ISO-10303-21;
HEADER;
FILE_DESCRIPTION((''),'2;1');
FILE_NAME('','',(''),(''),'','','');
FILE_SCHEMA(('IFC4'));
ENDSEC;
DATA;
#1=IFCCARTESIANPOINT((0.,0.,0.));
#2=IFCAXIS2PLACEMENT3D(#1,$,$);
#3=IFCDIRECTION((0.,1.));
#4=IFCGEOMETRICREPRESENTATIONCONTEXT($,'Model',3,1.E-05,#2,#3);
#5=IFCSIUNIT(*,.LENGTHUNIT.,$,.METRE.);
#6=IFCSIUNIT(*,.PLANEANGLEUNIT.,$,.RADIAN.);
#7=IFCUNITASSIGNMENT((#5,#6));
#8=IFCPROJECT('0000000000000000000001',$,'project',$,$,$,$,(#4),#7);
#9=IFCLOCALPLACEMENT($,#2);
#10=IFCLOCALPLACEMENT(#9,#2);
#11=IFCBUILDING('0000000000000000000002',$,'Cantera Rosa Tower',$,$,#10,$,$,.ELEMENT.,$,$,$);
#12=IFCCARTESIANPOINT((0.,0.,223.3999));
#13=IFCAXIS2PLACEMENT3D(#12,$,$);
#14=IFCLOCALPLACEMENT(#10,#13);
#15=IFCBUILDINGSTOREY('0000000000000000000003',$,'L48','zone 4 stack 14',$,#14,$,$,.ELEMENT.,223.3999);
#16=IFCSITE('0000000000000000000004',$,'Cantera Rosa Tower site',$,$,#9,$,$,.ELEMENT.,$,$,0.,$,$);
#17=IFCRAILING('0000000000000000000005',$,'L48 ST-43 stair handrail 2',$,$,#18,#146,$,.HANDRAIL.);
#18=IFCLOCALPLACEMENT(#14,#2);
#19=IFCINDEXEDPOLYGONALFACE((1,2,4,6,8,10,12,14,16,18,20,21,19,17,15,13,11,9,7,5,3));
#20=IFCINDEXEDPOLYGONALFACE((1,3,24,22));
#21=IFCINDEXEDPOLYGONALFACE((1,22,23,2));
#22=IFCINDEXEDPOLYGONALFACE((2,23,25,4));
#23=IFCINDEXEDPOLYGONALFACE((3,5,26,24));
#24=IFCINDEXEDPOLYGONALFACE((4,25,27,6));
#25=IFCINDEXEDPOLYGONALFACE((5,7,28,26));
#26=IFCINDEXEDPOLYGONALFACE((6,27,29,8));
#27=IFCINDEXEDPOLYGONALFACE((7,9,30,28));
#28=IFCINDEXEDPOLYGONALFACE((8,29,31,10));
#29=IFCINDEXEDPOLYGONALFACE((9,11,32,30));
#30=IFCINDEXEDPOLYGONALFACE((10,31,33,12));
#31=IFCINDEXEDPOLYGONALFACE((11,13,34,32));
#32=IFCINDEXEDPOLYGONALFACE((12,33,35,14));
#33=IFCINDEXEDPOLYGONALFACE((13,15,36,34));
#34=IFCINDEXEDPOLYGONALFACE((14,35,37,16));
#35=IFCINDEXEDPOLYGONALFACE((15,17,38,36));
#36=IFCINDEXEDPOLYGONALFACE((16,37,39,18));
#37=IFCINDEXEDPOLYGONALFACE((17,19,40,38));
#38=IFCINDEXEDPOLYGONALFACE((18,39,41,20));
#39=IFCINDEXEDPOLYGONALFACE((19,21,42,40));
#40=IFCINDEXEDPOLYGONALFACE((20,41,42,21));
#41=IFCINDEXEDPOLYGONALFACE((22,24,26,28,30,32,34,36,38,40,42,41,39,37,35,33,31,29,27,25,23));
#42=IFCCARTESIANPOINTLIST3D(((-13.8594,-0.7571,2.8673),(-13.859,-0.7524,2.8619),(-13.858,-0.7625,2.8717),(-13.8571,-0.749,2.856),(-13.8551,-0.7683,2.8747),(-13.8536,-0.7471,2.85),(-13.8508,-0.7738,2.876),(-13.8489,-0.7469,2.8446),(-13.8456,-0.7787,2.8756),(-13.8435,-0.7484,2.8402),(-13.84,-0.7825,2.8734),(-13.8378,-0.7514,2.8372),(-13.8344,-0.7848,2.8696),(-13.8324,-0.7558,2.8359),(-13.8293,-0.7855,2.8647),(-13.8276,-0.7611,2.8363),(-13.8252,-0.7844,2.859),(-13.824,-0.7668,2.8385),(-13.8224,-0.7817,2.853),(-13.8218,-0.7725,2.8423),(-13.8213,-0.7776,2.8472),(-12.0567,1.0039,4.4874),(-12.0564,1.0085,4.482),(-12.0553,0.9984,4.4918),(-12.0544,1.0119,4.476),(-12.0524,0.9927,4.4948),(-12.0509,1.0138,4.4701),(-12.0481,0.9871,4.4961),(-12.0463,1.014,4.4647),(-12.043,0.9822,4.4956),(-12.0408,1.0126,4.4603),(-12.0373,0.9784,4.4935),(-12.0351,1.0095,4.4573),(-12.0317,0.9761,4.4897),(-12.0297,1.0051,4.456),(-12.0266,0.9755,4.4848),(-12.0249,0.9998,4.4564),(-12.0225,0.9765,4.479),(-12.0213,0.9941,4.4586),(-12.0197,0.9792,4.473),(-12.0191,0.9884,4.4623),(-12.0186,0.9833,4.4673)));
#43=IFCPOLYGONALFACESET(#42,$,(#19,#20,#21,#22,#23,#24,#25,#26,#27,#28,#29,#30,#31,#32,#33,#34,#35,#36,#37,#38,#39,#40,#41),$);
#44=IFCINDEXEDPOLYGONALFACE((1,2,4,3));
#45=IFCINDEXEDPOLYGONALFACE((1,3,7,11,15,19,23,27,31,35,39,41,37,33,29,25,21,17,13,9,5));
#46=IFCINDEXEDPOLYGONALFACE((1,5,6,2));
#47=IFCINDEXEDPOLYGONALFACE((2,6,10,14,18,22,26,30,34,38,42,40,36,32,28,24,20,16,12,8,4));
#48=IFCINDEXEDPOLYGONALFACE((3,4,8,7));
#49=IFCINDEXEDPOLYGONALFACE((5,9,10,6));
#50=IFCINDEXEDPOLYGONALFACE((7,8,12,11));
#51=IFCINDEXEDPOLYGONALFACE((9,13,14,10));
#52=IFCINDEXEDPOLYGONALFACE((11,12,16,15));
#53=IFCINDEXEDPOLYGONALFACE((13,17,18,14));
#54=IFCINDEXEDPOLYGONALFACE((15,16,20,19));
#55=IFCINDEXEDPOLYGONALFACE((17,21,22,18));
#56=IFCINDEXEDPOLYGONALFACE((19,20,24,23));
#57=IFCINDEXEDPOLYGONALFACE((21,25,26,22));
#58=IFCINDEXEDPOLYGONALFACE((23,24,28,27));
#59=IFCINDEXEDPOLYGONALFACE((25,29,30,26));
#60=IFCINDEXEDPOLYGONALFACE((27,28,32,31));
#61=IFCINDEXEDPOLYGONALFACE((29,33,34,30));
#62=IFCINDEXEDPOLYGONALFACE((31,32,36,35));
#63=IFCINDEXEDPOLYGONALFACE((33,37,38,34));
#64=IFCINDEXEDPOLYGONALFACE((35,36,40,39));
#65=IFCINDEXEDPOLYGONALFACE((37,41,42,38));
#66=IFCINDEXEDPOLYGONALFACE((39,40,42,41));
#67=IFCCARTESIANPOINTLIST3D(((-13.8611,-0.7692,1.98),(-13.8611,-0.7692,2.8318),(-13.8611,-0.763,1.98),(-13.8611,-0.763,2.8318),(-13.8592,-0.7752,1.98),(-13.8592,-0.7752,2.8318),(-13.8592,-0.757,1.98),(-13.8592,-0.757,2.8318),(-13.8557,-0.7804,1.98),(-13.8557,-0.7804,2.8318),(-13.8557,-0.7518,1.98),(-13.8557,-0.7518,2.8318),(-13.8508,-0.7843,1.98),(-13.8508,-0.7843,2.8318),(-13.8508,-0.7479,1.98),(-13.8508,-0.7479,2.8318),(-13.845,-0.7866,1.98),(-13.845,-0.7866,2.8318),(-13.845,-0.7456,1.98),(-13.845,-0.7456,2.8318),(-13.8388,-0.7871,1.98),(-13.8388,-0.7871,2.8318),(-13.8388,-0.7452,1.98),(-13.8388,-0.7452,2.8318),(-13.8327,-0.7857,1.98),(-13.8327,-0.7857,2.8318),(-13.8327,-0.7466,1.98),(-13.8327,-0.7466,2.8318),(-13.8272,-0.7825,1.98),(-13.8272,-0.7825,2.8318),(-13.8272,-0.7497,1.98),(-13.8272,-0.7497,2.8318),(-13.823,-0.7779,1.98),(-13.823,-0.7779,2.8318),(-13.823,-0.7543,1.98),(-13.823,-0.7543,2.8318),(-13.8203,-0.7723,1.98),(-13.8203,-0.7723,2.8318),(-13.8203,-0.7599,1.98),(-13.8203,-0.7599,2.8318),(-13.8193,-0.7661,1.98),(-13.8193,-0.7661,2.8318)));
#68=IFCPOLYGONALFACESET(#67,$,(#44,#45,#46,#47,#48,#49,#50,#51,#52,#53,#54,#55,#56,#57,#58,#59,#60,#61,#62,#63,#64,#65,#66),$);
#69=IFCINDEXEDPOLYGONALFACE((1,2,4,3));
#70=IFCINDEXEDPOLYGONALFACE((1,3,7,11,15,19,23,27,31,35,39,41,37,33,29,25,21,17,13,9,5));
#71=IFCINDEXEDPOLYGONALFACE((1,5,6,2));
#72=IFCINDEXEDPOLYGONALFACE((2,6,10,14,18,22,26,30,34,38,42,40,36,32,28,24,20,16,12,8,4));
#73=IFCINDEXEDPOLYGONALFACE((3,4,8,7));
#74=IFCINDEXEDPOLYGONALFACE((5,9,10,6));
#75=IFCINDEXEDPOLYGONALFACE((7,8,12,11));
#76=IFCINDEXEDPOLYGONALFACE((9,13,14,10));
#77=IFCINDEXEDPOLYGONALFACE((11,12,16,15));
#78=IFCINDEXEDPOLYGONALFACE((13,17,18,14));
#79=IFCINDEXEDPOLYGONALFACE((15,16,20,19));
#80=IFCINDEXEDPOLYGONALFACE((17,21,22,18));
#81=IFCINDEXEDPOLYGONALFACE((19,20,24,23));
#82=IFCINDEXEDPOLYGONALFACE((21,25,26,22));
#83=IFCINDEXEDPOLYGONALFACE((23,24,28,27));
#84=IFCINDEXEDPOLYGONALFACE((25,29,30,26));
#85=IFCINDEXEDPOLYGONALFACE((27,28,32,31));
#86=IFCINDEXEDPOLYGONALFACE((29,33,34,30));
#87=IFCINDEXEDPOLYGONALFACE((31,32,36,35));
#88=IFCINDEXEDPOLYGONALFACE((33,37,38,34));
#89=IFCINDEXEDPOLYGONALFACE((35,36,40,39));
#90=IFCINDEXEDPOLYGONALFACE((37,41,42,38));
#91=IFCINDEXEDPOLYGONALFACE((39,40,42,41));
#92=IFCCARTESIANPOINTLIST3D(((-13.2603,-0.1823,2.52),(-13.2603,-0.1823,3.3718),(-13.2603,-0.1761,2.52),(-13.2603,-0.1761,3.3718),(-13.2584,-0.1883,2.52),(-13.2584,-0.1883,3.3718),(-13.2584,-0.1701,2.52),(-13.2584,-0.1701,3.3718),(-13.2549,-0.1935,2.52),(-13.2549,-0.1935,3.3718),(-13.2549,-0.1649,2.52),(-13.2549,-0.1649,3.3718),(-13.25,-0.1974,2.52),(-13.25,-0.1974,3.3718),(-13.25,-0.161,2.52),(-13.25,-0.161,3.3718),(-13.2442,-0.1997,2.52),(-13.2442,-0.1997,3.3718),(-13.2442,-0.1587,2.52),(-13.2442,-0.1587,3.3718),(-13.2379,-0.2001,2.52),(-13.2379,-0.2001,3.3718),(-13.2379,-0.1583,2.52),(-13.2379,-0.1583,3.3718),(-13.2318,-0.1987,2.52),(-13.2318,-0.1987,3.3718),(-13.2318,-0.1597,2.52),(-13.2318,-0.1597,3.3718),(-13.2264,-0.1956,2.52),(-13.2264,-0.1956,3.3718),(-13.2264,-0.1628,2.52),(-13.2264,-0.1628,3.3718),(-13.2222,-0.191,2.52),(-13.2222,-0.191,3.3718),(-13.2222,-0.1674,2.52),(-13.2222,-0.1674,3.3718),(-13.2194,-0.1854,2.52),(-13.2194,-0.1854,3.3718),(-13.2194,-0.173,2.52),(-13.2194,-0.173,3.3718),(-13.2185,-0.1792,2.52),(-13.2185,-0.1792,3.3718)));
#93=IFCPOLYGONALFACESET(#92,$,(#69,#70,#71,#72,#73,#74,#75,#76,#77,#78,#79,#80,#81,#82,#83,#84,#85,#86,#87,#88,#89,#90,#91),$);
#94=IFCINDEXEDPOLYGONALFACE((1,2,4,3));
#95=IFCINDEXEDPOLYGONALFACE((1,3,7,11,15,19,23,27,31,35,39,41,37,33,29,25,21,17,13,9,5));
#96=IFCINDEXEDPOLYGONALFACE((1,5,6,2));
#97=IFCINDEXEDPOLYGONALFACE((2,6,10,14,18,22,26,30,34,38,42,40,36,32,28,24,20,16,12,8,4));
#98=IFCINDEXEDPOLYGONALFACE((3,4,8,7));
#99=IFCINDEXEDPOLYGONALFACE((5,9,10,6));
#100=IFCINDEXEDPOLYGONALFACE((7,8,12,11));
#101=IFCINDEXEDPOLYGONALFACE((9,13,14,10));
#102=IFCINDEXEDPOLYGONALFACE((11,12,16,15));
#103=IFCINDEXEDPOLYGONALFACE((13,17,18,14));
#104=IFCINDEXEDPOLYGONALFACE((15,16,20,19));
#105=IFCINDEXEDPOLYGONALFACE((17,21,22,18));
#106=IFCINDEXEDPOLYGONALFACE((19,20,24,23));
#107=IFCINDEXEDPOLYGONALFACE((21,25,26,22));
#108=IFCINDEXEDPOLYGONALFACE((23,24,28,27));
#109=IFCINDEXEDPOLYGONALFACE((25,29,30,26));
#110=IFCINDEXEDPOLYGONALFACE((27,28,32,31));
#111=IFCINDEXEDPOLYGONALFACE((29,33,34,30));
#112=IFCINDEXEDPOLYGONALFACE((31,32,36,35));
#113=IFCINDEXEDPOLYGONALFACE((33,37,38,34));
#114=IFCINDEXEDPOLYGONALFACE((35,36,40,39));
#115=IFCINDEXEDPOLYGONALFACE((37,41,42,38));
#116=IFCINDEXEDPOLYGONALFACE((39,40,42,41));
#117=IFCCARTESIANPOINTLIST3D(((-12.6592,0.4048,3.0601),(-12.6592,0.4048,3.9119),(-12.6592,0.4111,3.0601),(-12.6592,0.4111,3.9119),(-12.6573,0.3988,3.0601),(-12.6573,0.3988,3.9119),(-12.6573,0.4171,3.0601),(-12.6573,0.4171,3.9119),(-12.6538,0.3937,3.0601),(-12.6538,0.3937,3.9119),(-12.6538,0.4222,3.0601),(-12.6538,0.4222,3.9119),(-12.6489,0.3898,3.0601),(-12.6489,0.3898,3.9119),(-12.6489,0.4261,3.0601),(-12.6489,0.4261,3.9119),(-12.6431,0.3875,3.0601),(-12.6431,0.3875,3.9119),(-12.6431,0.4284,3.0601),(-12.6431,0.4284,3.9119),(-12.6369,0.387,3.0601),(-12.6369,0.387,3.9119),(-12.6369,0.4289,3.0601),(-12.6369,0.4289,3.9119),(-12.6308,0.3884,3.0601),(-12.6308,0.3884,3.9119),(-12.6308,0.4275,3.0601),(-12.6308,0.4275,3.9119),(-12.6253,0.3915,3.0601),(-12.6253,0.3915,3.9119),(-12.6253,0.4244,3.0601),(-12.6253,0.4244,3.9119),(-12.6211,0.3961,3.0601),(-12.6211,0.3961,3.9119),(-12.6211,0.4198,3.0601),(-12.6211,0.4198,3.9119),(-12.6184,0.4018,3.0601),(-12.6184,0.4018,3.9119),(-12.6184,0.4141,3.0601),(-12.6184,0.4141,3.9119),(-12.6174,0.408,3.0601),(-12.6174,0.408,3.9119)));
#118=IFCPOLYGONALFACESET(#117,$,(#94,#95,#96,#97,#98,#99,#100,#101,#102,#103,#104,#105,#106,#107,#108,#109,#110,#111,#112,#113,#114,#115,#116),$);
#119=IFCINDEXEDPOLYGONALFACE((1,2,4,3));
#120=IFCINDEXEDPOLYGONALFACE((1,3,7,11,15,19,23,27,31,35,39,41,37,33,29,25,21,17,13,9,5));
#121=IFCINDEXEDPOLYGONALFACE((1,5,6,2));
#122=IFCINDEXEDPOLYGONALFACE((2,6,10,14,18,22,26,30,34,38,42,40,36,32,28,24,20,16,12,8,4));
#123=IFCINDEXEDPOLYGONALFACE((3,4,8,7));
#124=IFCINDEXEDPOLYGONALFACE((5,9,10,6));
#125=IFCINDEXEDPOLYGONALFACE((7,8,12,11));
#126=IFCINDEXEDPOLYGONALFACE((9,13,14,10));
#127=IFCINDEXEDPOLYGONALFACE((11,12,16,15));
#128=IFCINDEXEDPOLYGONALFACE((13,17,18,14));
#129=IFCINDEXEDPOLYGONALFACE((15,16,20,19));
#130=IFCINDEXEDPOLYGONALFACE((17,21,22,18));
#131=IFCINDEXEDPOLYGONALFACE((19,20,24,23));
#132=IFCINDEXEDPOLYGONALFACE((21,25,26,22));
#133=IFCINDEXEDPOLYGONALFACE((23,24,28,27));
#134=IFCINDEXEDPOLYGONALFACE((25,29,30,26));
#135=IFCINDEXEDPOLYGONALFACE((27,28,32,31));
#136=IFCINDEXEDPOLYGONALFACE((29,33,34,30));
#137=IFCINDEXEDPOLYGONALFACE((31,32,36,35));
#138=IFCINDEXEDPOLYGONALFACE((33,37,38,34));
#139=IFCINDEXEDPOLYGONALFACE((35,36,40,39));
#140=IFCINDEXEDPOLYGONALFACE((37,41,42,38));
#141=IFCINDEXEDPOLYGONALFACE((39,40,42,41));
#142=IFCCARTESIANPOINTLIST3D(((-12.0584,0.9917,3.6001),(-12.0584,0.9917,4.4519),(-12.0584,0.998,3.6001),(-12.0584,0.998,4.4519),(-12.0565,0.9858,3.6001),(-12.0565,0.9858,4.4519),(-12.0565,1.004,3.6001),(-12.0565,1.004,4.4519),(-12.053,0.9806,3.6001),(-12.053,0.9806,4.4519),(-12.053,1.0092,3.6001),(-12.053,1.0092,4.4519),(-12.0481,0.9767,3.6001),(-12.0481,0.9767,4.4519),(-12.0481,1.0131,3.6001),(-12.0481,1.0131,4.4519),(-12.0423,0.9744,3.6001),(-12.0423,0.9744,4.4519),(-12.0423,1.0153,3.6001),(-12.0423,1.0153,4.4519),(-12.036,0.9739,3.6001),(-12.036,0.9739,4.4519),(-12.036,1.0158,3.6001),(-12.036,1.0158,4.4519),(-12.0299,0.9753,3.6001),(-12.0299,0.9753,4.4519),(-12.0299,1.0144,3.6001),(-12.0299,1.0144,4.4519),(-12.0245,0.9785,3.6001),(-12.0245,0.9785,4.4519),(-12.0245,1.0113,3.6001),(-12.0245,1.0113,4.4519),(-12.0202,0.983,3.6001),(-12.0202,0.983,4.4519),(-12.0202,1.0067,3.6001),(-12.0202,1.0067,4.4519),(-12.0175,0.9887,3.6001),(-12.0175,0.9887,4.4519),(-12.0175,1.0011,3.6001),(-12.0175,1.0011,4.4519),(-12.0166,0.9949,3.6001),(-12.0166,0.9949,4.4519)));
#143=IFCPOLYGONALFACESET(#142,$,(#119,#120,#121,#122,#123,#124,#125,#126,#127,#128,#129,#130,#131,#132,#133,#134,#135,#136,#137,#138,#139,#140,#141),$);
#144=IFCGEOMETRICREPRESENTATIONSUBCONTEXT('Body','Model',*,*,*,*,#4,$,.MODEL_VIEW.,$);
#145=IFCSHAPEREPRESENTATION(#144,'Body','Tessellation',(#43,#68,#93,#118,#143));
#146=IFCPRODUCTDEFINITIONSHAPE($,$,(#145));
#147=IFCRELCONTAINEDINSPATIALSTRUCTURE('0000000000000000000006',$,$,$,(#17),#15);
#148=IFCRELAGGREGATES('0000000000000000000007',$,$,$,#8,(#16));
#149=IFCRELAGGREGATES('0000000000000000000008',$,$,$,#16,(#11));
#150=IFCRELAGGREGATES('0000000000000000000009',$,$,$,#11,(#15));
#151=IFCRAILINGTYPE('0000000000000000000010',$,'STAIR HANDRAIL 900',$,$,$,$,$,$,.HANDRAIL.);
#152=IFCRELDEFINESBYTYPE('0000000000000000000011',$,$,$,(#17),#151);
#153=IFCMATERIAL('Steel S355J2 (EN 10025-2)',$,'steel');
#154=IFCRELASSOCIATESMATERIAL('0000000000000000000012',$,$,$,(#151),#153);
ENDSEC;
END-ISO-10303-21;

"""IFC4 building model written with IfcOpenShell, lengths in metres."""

from ifc_helpers import new_model, si_unit, direction, frame, origin, origin_2d, place, context, subcontext, project, spatial, circle, extrude, material, type_object, element, save


model = new_model("IFC4")

# Units and contexts
model_context = context("Model", 3, precision=1e-05, world=origin(), true_north=direction((0.0, 1.0)))
body_context = subcontext(model_context, "Body", "Model", "MODEL_VIEW")
ifc_project = project(units=[si_unit("LENGTHUNIT", "METRE"), si_unit("PLANEANGLEUNIT", "RADIAN")], contexts=[model_context])

# Site, building, storey
site_placement = place(None, origin())
site = spatial("IfcSite", under=ifc_project, at=site_placement, Name="Cantera Rosa Tower site", CompositionType="ELEMENT", RefElevation=0.0)
building_placement = place(site_placement, origin())
building = spatial("IfcBuilding", under=site, at=building_placement, Name="Cantera Rosa Tower", CompositionType="ELEMENT")
storey_placement = place(building_placement, frame((0.0, 0.0, 223.3999)))
storey = spatial("IfcBuildingStorey", under=building, at=storey_placement, Name="L48", Description="zone 4 stack 14", CompositionType="ELEMENT", Elevation=223.3999)

# Railing
ifc_material_1 = material(Name="Steel S355J2 (EN 10025-2)", Category="steel")
railing_type_1 = type_object("IfcRailingType", Name="STAIR HANDRAIL 900", PredefinedType="HANDRAIL", material=ifc_material_1)
railing_1_placement = place(storey_placement, frame((-13.8403, -0.7661, 1.98)))
element("IfcRailing", 1, at=railing_1_placement, inside=storey, type_object=railing_type_1, Name="L48 ST-43 stair handrail 2", PredefinedType="HANDRAIL", context=body_context, shape_type="SweptSolid", body=[
    extrude(circle(Radius=0.0239, at=origin_2d()), frame((0.0, 0.0, 0.876), z_axis=(0.601724, 0.587789, 0.540769), x_axis=(-0.698775, 0.715341, 0.0)), (0.0, 0.0, 1.0), 2.9958),
    extrude(circle(Radius=0.021, at=origin_2d()), origin(), (0.0, 0.0, 1.0), 0.8518),
    extrude(circle(Radius=0.021, at=origin_2d()), frame((0.6008, 0.5869, 0.54)), (0.0, 0.0, 1.0), 0.8518),
    extrude(circle(Radius=0.021, at=origin_2d()), frame((1.2019, 1.1741, 1.0801)), (0.0, 0.0, 1.0), 0.8518),
    extrude(circle(Radius=0.021, at=origin_2d()), frame((1.8027, 1.761, 1.6201)), (0.0, 0.0, 1.0), 0.8518),
])

save(model, "model.ifc")
